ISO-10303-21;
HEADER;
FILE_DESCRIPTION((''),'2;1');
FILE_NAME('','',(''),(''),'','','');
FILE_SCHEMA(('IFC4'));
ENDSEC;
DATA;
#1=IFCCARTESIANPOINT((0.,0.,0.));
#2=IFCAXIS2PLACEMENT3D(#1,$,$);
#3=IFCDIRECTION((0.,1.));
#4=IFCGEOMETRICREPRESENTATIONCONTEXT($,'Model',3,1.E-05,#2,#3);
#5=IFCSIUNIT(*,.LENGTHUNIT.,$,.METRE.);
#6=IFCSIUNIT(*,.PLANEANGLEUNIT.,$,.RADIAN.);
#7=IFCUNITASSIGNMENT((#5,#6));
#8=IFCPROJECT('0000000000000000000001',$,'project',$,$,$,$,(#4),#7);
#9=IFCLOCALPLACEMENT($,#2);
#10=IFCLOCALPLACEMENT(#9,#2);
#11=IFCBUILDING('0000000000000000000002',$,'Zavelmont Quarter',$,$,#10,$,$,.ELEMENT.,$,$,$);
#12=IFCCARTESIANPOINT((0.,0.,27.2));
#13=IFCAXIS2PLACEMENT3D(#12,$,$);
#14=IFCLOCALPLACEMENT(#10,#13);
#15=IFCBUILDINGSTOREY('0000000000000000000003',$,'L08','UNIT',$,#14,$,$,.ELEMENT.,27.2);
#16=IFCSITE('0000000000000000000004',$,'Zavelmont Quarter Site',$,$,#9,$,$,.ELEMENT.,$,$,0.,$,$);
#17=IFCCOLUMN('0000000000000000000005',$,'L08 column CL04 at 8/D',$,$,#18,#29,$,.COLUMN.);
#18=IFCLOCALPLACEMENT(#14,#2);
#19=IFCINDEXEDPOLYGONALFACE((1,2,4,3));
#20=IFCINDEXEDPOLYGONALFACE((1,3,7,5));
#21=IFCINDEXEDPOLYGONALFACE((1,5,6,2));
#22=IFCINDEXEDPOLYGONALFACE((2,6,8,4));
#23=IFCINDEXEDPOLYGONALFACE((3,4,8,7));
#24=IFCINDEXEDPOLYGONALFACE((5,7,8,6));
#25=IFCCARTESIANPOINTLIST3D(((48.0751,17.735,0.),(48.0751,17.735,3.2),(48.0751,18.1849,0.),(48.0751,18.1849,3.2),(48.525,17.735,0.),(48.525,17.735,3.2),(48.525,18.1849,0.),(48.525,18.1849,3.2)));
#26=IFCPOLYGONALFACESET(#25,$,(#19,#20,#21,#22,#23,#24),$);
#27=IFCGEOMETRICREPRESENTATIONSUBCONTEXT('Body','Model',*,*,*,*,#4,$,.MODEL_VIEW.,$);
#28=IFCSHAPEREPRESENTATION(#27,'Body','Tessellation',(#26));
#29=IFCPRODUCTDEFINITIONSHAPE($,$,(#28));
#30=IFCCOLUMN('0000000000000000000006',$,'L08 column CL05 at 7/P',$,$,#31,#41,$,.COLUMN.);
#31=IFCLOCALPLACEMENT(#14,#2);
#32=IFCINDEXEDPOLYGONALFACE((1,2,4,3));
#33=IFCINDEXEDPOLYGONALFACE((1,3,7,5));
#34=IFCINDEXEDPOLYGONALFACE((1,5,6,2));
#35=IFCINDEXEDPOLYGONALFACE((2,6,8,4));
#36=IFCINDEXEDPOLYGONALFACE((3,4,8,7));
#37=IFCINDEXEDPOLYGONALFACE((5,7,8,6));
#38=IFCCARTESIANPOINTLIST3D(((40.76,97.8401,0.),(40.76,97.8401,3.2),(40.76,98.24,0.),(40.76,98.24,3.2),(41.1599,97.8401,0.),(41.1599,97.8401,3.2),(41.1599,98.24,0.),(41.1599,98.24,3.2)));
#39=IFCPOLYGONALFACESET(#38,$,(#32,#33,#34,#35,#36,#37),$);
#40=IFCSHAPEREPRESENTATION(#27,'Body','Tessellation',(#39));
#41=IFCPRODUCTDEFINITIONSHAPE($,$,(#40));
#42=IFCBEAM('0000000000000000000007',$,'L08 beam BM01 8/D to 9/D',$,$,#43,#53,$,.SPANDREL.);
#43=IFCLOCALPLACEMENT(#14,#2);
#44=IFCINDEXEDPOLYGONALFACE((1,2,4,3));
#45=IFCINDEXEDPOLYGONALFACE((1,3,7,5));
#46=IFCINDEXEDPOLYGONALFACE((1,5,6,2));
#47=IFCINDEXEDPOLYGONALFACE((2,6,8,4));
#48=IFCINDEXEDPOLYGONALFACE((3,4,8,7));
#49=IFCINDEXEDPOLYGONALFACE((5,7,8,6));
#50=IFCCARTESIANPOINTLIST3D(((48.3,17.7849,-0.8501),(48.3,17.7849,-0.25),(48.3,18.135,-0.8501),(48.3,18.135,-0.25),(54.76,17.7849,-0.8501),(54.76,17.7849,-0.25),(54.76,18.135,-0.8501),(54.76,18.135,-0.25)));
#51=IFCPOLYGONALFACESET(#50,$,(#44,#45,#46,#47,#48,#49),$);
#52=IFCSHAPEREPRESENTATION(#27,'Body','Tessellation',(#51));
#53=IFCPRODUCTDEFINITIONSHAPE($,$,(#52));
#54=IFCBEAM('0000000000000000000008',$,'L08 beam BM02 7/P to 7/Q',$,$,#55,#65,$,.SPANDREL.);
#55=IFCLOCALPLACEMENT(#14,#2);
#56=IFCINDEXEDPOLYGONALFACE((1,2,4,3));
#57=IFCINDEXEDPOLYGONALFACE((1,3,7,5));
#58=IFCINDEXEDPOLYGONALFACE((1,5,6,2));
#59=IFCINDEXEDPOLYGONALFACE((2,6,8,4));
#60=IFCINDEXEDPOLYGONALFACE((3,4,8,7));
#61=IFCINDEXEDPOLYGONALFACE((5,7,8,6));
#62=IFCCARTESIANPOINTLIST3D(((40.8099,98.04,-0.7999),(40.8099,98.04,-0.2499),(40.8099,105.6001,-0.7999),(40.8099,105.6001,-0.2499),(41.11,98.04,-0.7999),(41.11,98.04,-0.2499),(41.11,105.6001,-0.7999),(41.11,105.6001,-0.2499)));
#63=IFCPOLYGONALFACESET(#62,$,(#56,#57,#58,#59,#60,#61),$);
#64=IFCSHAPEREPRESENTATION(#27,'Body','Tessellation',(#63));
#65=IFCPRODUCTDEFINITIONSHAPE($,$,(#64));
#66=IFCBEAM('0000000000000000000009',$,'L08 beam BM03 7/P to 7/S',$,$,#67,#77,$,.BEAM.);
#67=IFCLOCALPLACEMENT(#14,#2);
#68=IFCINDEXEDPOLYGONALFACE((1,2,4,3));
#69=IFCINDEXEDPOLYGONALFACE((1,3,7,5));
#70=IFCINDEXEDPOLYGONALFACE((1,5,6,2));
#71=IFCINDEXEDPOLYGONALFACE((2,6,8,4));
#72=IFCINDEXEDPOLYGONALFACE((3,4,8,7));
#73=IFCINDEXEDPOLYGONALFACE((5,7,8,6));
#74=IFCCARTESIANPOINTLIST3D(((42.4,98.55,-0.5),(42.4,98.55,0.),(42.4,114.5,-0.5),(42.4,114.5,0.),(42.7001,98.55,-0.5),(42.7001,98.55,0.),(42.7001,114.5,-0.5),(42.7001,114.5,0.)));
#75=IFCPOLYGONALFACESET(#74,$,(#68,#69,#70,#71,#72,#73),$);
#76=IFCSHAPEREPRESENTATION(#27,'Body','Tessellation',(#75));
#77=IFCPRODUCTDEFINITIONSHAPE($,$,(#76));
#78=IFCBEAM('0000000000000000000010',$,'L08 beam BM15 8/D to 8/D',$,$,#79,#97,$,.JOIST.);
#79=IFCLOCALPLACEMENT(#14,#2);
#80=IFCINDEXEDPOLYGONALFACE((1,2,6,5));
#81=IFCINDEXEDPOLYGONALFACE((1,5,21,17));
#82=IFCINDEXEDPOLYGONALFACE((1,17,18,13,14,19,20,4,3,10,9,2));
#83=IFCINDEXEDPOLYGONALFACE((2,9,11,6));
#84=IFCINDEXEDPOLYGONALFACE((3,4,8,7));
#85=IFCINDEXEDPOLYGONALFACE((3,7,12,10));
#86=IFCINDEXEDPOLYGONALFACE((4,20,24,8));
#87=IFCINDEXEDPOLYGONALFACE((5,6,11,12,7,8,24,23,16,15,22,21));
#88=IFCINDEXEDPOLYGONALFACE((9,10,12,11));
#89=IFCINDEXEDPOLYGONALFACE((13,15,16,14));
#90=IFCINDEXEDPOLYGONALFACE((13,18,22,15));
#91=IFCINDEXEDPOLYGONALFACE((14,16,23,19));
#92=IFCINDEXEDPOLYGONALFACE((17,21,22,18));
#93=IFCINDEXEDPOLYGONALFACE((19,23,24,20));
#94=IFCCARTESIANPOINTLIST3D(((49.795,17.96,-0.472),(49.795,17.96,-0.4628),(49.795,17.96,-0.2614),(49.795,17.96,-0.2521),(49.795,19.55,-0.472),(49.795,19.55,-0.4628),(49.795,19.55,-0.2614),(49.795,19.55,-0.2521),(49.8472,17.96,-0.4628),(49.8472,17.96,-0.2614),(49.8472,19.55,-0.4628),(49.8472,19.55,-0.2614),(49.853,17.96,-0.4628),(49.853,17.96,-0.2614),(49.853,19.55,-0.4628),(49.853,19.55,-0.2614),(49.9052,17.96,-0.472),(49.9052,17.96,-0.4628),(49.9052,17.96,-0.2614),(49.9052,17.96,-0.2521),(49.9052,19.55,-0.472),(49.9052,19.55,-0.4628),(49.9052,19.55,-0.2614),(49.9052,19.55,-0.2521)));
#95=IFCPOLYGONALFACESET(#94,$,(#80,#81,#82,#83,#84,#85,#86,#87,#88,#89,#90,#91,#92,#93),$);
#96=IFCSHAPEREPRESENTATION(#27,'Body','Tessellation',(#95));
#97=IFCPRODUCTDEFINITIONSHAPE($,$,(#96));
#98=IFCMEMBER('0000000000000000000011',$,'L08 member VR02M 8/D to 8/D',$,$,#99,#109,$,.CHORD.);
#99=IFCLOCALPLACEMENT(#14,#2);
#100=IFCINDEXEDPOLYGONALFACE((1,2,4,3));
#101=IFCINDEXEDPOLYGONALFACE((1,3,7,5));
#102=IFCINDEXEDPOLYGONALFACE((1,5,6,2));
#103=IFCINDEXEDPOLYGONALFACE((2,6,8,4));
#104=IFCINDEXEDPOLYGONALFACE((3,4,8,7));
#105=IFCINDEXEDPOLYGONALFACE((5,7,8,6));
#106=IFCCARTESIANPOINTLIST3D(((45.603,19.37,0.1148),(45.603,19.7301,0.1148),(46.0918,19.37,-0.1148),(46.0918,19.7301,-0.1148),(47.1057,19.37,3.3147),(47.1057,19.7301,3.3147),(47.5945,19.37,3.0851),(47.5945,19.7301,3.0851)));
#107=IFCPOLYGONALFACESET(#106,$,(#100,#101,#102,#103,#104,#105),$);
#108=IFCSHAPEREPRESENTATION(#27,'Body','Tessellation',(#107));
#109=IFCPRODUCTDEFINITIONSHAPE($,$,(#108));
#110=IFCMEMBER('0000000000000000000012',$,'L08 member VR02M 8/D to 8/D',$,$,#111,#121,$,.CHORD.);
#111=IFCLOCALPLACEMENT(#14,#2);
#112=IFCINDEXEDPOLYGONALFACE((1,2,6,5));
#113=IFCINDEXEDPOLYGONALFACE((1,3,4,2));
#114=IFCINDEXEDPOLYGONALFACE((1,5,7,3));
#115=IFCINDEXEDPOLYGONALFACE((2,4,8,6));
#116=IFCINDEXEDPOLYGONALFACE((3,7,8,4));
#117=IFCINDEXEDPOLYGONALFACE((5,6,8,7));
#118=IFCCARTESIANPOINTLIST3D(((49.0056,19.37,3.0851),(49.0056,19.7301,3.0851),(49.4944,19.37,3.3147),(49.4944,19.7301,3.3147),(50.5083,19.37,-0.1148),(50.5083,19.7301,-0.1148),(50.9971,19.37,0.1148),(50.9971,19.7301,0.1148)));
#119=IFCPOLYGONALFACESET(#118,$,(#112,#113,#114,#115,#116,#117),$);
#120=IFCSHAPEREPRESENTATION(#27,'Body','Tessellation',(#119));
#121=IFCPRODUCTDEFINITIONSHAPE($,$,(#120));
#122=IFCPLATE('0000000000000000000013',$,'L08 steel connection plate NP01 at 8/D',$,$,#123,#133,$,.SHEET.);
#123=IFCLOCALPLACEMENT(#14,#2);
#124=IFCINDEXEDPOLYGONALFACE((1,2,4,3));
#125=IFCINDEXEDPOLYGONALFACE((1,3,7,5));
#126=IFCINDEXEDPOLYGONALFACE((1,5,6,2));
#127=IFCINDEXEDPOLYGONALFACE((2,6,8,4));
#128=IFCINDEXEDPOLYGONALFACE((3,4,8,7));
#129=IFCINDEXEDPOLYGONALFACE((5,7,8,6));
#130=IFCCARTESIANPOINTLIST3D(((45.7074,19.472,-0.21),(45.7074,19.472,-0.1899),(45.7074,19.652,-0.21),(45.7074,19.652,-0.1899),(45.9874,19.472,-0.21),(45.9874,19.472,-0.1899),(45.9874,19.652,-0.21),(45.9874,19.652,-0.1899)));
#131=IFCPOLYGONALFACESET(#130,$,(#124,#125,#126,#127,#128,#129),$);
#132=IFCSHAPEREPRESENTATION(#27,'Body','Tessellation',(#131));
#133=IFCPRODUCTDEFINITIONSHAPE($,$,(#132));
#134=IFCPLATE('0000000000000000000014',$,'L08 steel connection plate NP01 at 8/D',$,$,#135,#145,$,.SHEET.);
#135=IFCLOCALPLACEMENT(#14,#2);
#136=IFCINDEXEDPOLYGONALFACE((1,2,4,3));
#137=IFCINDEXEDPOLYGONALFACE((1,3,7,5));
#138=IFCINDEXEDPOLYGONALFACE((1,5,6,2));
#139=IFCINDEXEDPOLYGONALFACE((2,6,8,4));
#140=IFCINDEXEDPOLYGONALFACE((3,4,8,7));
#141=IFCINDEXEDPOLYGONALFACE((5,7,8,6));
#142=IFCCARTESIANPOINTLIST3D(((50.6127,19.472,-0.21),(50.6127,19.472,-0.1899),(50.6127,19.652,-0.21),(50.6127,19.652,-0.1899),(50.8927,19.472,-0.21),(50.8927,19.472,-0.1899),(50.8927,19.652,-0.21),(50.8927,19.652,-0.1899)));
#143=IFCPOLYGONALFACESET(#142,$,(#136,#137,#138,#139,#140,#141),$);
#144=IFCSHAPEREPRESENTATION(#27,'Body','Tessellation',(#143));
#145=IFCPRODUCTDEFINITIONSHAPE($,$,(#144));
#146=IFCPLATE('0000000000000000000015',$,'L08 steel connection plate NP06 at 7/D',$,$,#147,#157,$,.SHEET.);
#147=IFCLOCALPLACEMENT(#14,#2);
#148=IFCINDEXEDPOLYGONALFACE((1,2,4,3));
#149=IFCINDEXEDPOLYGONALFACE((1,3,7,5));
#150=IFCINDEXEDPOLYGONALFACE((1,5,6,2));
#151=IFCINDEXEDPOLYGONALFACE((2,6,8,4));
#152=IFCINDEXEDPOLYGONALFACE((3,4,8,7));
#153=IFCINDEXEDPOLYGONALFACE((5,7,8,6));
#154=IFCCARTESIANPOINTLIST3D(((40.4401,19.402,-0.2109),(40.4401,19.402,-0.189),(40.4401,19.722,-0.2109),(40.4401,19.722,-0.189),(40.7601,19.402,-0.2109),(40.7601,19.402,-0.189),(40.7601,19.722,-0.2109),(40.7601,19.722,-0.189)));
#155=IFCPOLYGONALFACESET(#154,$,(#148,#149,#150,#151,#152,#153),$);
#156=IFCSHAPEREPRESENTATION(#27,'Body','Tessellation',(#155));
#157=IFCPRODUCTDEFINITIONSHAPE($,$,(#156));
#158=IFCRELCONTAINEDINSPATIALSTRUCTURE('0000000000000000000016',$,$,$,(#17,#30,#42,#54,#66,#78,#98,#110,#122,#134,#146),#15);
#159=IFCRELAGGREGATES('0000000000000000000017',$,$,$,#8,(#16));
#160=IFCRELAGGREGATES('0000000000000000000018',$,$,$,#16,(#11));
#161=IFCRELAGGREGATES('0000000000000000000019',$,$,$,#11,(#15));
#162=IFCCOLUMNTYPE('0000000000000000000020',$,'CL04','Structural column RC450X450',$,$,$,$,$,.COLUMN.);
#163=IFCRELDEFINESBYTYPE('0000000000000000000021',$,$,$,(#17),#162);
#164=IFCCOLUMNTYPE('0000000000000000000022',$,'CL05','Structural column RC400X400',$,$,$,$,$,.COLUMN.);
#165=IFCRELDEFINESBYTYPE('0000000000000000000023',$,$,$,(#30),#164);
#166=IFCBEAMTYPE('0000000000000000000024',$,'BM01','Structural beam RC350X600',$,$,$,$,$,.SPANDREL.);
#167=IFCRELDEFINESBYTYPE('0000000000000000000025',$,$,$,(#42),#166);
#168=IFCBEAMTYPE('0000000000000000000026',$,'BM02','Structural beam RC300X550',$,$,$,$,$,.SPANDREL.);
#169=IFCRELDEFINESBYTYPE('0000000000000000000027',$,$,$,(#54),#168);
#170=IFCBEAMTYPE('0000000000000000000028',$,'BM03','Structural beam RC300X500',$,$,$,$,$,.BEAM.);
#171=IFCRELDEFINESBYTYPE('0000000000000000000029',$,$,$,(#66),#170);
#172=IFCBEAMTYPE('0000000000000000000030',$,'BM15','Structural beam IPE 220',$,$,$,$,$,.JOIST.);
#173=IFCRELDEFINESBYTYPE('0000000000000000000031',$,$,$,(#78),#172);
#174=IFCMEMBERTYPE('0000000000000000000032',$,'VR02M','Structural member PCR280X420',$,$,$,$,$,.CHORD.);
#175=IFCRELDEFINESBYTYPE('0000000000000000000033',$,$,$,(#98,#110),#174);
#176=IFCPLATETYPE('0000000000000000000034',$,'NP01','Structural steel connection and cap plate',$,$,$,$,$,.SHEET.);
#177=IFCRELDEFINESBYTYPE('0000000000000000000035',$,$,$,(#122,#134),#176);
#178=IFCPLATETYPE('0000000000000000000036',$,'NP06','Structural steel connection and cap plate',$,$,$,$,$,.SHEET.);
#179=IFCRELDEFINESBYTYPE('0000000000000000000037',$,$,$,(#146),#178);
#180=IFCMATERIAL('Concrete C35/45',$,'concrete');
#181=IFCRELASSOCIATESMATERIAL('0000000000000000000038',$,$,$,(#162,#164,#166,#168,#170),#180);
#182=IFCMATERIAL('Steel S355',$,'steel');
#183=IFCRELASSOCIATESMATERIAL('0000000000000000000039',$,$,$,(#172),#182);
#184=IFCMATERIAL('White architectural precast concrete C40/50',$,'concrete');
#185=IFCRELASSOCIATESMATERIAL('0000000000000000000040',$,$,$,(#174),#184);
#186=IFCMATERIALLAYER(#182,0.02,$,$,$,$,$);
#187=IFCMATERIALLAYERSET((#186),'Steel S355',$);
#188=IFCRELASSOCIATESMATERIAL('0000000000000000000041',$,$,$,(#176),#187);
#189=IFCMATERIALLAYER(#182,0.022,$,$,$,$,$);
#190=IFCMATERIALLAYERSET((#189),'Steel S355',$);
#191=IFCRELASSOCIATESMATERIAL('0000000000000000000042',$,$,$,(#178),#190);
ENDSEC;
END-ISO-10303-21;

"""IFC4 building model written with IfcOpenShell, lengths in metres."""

from ifc_helpers import new_model, si_unit, direction, frame, origin, origin_2d, place, context, subcontext, project, spatial, rectangle, i_section, extrude, material, layer, layer_set, material_profile, profile_set, type_object, element, save


model = new_model("IFC4")

# Units and contexts
model_context = context("Model", 3, precision=1e-05, world=origin(), true_north=direction((0.0, 1.0)))
body_context = subcontext(model_context, "Body", "Model", "MODEL_VIEW")
ifc_project = project(units=[si_unit("LENGTHUNIT", "METRE"), si_unit("PLANEANGLEUNIT", "RADIAN")], contexts=[model_context])

# Site, building, storey
site_placement = place(None, origin())
site = spatial("IfcSite", under=ifc_project, at=site_placement, Name="Zavelmont Quarter Site", CompositionType="ELEMENT", RefElevation=0.0)
building_placement = place(site_placement, origin())
building = spatial("IfcBuilding", under=site, at=building_placement, Name="Zavelmont Quarter", CompositionType="ELEMENT")
storey_placement = place(building_placement, frame((0.0, 0.0, 27.2)))
storey = spatial("IfcBuildingStorey", under=building, at=storey_placement, Name="L08", Description="UNIT", CompositionType="ELEMENT", Elevation=27.2)

# Columns
ifc_material_1 = material(Name="Concrete C35/45", Category="concrete")
ifc_material_profile_1 = material_profile(ifc_material_1, rectangle(XDim=0.45, YDim=0.45, at=origin_2d()), Name="RC450X450")
ifc_profile_set_1 = profile_set([ifc_material_profile_1], Name="Concrete C35/45")
column_type_1 = type_object("IfcColumnType", Name="CL04", Description="Structural column RC450X450", PredefinedType="COLUMN", material=ifc_profile_set_1)
column_1_placement = place(storey_placement, frame((48.3, 17.96, 0.0), z_axis=(0.0, 0.0, 1.0), x_axis=(1.0, 0.0, 0.0)))
element("IfcColumn", 1, at=column_1_placement, inside=storey, type_object=column_type_1, Name="L08 column CL04 at 8/D", PredefinedType="COLUMN", context=body_context, shape_type="SweptSolid", body=[
    extrude(rectangle(XDim=0.45, YDim=0.45, at=origin_2d()), origin(), (0.0, 0.0, 1.0), 3.2),
])
ifc_material_profile_2 = material_profile(ifc_material_1, rectangle(XDim=0.3999, YDim=0.3999, at=origin_2d()), Name="RC400X400")
ifc_profile_set_2 = profile_set([ifc_material_profile_2], Name="Concrete C35/45")
column_type_2 = type_object("IfcColumnType", Name="CL05", Description="Structural column RC400X400", PredefinedType="COLUMN", material=ifc_profile_set_2)
column_2_placement = place(storey_placement, frame((40.96, 98.04, 0.0), z_axis=(0.0, 0.0, 1.0), x_axis=(1.0, 0.0, 0.0)))
element("IfcColumn", 2, at=column_2_placement, inside=storey, type_object=column_type_2, Name="L08 column CL05 at 7/P", PredefinedType="COLUMN", context=body_context, shape_type="SweptSolid", body=[
    extrude(rectangle(XDim=0.3999, YDim=0.3999, at=origin_2d()), origin(), (0.0, 0.0, 1.0), 3.2),
])

# Beams
ifc_material_profile_3 = material_profile(ifc_material_1, rectangle(XDim=0.3501, YDim=0.6001, at=origin_2d()), Name="RC350X600")
ifc_profile_set_3 = profile_set([ifc_material_profile_3], Name="Concrete C35/45")
beam_type_1 = type_object("IfcBeamType", Name="BM01", Description="Structural beam RC350X600", PredefinedType="SPANDREL", material=ifc_profile_set_3)
beam_1_placement = place(storey_placement, frame((48.3, 17.96, -0.55), z_axis=(1.0, 0.0, 0.0), x_axis=(0.0, 1.0, 0.0)))
element("IfcBeam", 3, at=beam_1_placement, inside=storey, type_object=beam_type_1, Name="L08 beam BM01 8/D to 9/D", PredefinedType="SPANDREL", context=body_context, shape_type="SweptSolid", body=[
    extrude(rectangle(XDim=0.3501, YDim=0.6001, at=origin_2d()), origin(), (0.0, 0.0, 1.0), 6.46),
])
ifc_material_profile_4 = material_profile(ifc_material_1, rectangle(XDim=0.3, YDim=0.55, at=origin_2d()), Name="RC300X550")
ifc_profile_set_4 = profile_set([ifc_material_profile_4], Name="Concrete C35/45")
beam_type_2 = type_object("IfcBeamType", Name="BM02", Description="Structural beam RC300X550", PredefinedType="SPANDREL", material=ifc_profile_set_4)
beam_2_placement = place(storey_placement, frame((40.96, 98.04, -0.5249), z_axis=(0.0, 1.0, 0.0), x_axis=(-1.0, 0.0, 0.0)))
element("IfcBeam", 4, at=beam_2_placement, inside=storey, type_object=beam_type_2, Name="L08 beam BM02 7/P to 7/Q", PredefinedType="SPANDREL", context=body_context, shape_type="SweptSolid", body=[
    extrude(rectangle(XDim=0.3, YDim=0.55, at=origin_2d()), origin(), (0.0, 0.0, 1.0), 7.5601),
])
ifc_material_profile_5 = material_profile(ifc_material_1, rectangle(XDim=0.3, YDim=0.5, at=origin_2d()), Name="RC300X500")
ifc_profile_set_5 = profile_set([ifc_material_profile_5], Name="Concrete C35/45")
beam_type_3 = type_object("IfcBeamType", Name="BM03", Description="Structural beam RC300X500", PredefinedType="BEAM", material=ifc_profile_set_5)
beam_3_placement = place(storey_placement, frame((42.55, 98.55, -0.25), z_axis=(0.0, 1.0, 0.0), x_axis=(-1.0, 0.0, 0.0)))
element("IfcBeam", 5, at=beam_3_placement, inside=storey, type_object=beam_type_3, Name="L08 beam BM03 7/P to 7/S", PredefinedType="BEAM", context=body_context, shape_type="SweptSolid", body=[
    extrude(rectangle(XDim=0.3, YDim=0.5, at=origin_2d()), origin(), (0.0, 0.0, 1.0), 15.95),
])
ifc_material_2 = material(Name="Steel S355", Category="steel")
ifc_material_profile_6 = material_profile(ifc_material_2, i_section(OverallWidth=0.1101, OverallDepth=0.22, WebThickness=0.0059, FlangeThickness=0.0093, at=origin_2d()), Name="IPE 220")
ifc_profile_set_6 = profile_set([ifc_material_profile_6], Name="Steel S355")
beam_type_4 = type_object("IfcBeamType", Name="BM15", Description="Structural beam IPE 220", PredefinedType="JOIST", material=ifc_profile_set_6)
beam_4_placement = place(storey_placement, frame((49.8501, 17.96, -0.3621), z_axis=(0.0, 1.0, 0.0), x_axis=(-1.0, 0.0, 0.0)))
element("IfcBeam", 6, at=beam_4_placement, inside=storey, type_object=beam_type_4, Name="L08 beam BM15 8/D to 8/D", PredefinedType="JOIST", context=body_context, shape_type="SweptSolid", body=[
    extrude(i_section(OverallWidth=0.1101, OverallDepth=0.22, WebThickness=0.0059, FlangeThickness=0.0093, at=origin_2d()), origin(), (0.0, 0.0, 1.0), 1.5901),
])

# Members
ifc_material_3 = material(Name="White architectural precast concrete C40/50", Category="concrete")
ifc_material_profile_7 = material_profile(ifc_material_3, rectangle(XDim=0.3601, YDim=0.54, at=origin_2d()), Name="PCR280X420")
ifc_profile_set_7 = profile_set([ifc_material_profile_7], Name="White architectural precast concrete C40/50")
member_type = type_object("IfcMemberType", Name="VR02M", Description="Structural member PCR280X420", PredefinedType="CHORD", material=ifc_profile_set_7)
for number, where, z_axis, x_axis, name in (
    (7, (45.8474, 19.55, 0.0), (0.425062, 0.0, 0.905164), (0.0, 1.0, 0.0), "L08 member VR02M 8/D to 8/D"),
    (8, (50.7527, 19.55, 0.0), (-0.425062, 0.0, 0.905164), (0.0, -1.0, 0.0), "L08 member VR02M 8/D to 8/D"),
):
    element("IfcMember", number, at=place(storey_placement, frame(where, z_axis=z_axis, x_axis=x_axis)), inside=storey, type_object=member_type, Name=name, PredefinedType="CHORD", context=body_context, shape_type="SweptSolid", body=[
        extrude(rectangle(XDim=0.3601, YDim=0.54, at=origin_2d()), origin(), (0.0, 0.0, 1.0), 3.5352),
    ])

# Plates
ifc_layer_1 = layer(ifc_material_2, 0.02)
ifc_layer_set_1 = layer_set([ifc_layer_1], Name="Steel S355")
plate_type_1 = type_object("IfcPlateType", Name="NP01", Description="Structural steel connection and cap plate", PredefinedType="SHEET", material=ifc_layer_set_1)
for number, where, z_axis, x_axis, name in (
    (9, (45.8474, 19.562, -0.21), (0.0, 0.0, 1.0), (1.0, 0.0, 0.0), "L08 steel connection plate NP01 at 8/D"),
    (10, (50.7527, 19.562, -0.21), (0.0, 0.0, 1.0), (1.0, 0.0, 0.0), "L08 steel connection plate NP01 at 8/D"),
):
    element("IfcPlate", number, at=place(storey_placement, frame(where, z_axis=z_axis, x_axis=x_axis)), inside=storey, type_object=plate_type_1, Name=name, PredefinedType="SHEET", context=body_context, shape_type="SweptSolid", body=[
        extrude(rectangle(XDim=0.28, YDim=0.1799, at=origin_2d()), origin(), (0.0, 0.0, 1.0), 0.02),
    ])
ifc_layer_2 = layer(ifc_material_2, 0.022)
ifc_layer_set_2 = layer_set([ifc_layer_2], Name="Steel S355")
plate_type_2 = type_object("IfcPlateType", Name="NP06", Description="Structural steel connection and cap plate", PredefinedType="SHEET", material=ifc_layer_set_2)
plate_placement = place(storey_placement, frame((40.6001, 19.562, -0.2109), z_axis=(0.0, 0.0, 1.0), x_axis=(1.0, 0.0, 0.0)))
element("IfcPlate", 11, at=plate_placement, inside=storey, type_object=plate_type_2, Name="L08 steel connection plate NP06 at 7/D", PredefinedType="SHEET", context=body_context, shape_type="SweptSolid", body=[
    extrude(rectangle(XDim=0.3201, YDim=0.3201, at=origin_2d()), origin(), (0.0, 0.0, 1.0), 0.022),
])

save(model, "model.ifc")
